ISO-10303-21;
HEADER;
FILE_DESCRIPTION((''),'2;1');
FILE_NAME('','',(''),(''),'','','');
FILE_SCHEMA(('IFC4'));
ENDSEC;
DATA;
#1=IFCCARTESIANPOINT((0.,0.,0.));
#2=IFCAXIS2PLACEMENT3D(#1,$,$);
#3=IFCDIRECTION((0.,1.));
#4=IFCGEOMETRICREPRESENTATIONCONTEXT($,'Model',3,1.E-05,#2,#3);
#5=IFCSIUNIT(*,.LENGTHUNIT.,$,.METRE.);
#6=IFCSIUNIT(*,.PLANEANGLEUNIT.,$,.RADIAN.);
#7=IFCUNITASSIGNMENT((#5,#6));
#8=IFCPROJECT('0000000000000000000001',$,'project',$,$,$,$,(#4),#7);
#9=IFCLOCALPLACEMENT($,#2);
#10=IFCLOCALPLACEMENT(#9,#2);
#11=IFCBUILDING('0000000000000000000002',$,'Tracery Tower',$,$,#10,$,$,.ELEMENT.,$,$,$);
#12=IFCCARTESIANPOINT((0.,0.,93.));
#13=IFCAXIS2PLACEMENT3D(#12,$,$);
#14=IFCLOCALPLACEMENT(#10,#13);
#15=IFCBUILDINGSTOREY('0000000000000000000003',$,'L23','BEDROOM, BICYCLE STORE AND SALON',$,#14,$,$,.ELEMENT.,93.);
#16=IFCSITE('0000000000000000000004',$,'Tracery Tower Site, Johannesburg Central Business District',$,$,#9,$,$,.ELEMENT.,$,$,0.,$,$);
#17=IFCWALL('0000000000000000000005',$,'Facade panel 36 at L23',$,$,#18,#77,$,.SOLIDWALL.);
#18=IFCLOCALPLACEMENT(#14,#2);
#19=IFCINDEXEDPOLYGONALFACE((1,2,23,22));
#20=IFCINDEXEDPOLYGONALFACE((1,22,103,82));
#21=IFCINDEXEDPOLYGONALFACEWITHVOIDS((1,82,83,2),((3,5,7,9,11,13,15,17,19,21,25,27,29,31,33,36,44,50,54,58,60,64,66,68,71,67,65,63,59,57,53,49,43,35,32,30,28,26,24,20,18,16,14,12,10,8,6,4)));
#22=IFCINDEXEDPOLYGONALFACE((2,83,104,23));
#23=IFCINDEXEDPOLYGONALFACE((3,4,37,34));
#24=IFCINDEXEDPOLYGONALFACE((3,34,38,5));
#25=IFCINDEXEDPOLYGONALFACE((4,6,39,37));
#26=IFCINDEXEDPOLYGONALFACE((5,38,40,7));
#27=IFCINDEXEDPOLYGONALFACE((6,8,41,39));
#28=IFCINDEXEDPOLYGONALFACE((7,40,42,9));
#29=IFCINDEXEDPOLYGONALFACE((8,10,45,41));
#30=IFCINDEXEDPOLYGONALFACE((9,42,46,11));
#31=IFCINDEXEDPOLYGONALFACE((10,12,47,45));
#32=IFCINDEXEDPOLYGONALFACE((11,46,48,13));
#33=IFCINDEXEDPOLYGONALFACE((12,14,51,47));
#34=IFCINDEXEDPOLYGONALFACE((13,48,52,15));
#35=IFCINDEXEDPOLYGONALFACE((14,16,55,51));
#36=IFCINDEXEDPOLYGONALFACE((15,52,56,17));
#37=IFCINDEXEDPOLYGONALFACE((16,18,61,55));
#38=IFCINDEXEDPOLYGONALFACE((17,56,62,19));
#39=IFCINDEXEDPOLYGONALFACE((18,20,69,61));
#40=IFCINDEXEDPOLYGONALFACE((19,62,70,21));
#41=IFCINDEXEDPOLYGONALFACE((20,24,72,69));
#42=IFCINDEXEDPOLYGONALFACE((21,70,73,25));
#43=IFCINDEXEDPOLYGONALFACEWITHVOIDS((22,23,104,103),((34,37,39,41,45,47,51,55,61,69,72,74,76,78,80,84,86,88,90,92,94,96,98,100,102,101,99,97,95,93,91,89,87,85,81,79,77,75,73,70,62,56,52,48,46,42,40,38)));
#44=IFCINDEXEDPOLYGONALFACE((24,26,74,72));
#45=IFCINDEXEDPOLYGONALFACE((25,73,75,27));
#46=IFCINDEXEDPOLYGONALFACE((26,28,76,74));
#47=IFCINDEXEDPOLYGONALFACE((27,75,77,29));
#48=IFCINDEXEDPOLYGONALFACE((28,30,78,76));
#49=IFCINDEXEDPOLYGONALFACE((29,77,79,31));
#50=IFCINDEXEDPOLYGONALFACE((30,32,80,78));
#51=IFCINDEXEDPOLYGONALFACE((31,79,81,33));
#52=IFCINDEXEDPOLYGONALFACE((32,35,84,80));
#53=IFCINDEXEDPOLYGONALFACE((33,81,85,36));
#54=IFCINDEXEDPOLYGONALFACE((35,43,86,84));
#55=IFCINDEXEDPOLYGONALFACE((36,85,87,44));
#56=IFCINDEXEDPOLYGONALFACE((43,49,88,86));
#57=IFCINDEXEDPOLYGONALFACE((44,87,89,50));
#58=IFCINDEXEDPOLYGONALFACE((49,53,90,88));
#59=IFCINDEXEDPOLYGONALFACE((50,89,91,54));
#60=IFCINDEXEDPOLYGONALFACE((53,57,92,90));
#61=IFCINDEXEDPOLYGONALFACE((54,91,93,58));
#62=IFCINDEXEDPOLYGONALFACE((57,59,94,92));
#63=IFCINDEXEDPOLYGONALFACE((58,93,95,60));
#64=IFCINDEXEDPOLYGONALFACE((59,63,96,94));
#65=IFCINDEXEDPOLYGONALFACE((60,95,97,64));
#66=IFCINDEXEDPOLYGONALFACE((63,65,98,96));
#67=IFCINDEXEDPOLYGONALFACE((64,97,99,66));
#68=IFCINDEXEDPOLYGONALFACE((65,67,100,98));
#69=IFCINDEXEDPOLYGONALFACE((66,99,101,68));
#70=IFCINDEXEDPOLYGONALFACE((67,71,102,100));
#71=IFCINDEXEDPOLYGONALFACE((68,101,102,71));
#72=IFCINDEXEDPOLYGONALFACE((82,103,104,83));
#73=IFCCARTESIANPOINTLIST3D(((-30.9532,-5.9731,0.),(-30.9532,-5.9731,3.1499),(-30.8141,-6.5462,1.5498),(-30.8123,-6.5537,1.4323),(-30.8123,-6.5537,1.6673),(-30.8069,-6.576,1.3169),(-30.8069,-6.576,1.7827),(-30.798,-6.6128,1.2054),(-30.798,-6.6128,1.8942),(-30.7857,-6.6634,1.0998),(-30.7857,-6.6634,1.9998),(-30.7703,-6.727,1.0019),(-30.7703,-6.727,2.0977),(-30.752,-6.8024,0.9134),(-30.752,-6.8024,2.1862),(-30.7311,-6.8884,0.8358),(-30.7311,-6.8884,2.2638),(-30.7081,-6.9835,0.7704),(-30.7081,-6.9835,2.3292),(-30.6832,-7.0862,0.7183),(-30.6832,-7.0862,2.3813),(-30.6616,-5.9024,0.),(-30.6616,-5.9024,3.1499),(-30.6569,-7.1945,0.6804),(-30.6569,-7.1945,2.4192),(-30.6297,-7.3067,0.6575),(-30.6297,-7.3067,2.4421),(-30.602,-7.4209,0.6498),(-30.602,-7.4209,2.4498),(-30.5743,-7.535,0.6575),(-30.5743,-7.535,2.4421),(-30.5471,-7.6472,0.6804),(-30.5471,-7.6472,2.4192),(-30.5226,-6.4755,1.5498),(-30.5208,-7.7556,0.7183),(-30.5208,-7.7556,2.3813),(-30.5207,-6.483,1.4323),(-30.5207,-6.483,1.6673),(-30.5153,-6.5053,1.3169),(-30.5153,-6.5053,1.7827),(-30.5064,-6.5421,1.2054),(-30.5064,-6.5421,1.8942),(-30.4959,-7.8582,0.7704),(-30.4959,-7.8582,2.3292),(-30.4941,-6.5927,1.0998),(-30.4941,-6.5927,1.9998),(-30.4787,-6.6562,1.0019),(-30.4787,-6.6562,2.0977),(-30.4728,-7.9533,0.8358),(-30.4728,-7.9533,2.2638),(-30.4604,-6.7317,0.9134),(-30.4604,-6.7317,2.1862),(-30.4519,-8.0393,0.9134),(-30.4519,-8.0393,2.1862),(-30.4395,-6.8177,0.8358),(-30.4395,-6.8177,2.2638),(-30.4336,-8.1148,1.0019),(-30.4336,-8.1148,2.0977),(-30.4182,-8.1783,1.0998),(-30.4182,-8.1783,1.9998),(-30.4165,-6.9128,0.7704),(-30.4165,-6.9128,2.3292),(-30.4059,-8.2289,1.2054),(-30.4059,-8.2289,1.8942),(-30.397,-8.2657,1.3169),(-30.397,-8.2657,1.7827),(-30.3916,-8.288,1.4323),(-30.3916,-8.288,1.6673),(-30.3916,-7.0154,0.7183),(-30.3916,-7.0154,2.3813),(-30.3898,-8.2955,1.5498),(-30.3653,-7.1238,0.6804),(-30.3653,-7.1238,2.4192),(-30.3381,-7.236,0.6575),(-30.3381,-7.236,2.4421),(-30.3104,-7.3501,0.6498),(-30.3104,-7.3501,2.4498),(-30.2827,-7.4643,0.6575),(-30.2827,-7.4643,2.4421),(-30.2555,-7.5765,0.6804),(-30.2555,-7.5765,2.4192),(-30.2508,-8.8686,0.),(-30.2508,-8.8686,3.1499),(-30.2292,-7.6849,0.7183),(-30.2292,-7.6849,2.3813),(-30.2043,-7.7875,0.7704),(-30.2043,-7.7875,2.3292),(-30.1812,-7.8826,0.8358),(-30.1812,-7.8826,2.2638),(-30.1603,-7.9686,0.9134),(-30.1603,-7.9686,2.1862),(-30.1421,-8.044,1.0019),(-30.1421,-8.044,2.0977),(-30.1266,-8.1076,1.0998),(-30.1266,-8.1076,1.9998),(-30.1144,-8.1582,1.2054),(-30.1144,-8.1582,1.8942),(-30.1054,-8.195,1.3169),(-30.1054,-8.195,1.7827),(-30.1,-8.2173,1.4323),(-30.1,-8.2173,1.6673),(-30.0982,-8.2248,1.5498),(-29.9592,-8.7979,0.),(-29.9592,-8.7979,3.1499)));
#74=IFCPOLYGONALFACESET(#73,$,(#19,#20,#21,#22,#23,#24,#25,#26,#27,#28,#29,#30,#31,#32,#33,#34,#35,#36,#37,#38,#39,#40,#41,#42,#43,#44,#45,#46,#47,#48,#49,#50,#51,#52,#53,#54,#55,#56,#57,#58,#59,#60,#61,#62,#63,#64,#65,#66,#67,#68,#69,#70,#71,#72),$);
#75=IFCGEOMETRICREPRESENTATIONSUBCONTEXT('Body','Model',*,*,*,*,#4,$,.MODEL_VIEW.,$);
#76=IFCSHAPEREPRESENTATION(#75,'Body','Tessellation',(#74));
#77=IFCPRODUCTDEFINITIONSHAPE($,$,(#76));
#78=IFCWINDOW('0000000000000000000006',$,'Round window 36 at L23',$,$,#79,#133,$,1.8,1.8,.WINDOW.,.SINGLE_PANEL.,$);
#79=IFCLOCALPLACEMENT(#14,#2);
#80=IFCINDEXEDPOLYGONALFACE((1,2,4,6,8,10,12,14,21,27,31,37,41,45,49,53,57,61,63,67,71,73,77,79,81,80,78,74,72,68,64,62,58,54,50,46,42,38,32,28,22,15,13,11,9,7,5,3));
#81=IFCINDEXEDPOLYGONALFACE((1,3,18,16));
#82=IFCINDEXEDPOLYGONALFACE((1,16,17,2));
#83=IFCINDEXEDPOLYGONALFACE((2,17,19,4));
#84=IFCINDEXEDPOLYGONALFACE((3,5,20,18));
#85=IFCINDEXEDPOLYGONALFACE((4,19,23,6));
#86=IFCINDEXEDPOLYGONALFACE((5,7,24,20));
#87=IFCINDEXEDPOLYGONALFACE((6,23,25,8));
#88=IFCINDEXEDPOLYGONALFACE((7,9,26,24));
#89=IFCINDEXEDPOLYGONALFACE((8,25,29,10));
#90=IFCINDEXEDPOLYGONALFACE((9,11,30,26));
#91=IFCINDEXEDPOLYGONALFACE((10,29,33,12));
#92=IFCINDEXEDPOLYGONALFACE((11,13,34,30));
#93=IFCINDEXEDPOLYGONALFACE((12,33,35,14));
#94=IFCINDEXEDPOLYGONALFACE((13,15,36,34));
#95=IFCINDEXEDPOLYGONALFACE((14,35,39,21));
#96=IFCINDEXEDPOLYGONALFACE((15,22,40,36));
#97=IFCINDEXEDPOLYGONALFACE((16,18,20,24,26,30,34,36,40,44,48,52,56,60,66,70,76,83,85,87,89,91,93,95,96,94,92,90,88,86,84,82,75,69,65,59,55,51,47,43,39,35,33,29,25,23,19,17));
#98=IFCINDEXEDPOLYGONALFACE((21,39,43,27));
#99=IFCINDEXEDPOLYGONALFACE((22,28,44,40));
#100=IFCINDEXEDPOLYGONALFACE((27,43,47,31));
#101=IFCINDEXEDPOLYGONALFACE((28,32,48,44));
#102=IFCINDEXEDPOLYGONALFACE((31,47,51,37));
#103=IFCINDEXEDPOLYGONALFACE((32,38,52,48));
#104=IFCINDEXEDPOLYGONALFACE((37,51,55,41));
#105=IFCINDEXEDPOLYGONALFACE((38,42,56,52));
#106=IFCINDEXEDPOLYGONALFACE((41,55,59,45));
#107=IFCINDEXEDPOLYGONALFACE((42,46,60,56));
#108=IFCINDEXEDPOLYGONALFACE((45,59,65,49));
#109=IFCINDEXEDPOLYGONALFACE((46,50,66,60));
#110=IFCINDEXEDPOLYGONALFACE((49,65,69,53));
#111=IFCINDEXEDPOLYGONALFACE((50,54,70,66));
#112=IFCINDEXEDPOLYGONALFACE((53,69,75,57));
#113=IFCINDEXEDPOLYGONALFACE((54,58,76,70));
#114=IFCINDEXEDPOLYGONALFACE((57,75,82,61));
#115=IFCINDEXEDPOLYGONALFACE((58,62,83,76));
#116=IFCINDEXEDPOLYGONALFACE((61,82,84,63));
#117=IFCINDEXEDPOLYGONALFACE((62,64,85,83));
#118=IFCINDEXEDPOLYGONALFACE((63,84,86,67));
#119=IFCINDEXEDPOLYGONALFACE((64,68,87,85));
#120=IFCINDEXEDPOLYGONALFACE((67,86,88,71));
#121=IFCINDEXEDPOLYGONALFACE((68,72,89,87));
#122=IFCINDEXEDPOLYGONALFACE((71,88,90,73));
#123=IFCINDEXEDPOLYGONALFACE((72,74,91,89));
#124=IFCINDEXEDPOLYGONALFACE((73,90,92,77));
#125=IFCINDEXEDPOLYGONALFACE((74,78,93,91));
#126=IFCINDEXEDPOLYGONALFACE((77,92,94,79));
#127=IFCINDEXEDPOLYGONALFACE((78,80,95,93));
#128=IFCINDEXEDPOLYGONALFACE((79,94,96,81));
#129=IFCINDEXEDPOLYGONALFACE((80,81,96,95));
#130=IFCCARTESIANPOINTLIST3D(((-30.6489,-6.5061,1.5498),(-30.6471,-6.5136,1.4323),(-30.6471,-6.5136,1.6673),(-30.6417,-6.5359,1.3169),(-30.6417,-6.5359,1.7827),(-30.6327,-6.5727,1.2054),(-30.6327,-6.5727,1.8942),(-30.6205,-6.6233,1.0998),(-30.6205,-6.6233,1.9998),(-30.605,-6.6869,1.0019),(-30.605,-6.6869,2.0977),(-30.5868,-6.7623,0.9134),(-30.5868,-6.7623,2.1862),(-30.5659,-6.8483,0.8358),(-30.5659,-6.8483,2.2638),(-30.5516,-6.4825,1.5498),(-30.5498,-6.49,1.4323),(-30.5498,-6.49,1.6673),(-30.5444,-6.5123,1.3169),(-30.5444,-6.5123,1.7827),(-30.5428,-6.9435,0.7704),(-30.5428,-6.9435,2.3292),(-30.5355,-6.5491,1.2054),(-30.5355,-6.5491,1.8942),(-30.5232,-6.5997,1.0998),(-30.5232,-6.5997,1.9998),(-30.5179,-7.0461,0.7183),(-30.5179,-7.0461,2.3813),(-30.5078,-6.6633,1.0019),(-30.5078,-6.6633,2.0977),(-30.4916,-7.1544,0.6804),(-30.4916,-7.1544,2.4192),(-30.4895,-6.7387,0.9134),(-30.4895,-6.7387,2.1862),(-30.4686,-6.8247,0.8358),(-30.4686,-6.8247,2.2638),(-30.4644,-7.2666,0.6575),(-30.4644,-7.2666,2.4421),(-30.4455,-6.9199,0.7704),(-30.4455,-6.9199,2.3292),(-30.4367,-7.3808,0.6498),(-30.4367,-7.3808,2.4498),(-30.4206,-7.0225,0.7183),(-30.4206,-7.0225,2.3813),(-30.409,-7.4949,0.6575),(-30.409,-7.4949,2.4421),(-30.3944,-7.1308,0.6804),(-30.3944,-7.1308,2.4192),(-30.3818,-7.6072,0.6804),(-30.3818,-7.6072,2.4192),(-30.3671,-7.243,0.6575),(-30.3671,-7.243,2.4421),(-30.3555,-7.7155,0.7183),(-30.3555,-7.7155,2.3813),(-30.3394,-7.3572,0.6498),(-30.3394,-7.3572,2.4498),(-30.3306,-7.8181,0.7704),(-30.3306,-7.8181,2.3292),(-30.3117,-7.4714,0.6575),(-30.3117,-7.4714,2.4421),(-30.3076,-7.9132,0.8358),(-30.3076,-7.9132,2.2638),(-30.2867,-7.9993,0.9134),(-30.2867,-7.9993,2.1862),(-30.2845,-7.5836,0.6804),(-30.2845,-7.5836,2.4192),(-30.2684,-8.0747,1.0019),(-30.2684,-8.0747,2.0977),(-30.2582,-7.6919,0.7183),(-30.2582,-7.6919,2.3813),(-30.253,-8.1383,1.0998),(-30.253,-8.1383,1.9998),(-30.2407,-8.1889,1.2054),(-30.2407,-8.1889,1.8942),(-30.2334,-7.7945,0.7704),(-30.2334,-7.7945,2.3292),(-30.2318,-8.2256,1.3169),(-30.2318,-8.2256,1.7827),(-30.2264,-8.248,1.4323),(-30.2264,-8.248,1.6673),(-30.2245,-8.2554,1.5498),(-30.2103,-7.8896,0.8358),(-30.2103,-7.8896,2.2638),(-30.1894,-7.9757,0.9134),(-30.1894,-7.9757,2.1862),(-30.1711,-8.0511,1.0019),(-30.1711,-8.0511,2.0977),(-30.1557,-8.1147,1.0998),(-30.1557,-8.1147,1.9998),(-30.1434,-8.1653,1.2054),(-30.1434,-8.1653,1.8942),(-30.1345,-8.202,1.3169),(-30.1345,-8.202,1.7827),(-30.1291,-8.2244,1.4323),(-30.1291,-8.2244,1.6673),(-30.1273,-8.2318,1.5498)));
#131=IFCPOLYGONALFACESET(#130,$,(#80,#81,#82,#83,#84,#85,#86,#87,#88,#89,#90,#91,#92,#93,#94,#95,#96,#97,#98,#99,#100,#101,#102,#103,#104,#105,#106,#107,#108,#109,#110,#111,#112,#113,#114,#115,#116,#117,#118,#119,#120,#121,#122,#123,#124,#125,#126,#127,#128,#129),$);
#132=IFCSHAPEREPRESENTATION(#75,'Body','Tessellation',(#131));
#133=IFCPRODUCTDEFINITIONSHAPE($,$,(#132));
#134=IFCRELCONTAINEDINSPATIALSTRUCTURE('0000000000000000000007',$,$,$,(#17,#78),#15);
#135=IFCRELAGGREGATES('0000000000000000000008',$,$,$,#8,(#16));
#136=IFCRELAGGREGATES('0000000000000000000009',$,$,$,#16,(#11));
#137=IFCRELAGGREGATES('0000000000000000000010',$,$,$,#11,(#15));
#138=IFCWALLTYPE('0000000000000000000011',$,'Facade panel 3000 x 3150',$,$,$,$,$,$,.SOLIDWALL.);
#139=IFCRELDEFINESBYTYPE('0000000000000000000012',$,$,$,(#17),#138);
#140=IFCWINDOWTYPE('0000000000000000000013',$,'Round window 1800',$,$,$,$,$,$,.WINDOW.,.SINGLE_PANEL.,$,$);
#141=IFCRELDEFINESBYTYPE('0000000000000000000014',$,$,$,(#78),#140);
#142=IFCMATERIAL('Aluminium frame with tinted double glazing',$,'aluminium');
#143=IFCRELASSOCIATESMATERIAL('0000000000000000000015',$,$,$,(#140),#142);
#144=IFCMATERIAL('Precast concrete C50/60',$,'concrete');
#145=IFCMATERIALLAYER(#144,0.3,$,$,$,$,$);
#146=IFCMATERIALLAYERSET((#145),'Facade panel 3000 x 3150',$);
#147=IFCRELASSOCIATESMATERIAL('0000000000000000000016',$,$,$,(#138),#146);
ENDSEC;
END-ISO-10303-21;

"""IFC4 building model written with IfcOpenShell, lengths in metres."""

from ifc_helpers import new_model, si_unit, direction, frame, frame_2d, origin, origin_2d, place, context, subcontext, project, spatial, rectangle, circle, extrude, material, layer, layer_set, type_object, element, fill, save


model = new_model("IFC4")

# Units and contexts
model_context = context("Model", 3, precision=1e-05, world=origin(), true_north=direction((0.0, 1.0)))
body_context = subcontext(model_context, "Body", "Model", "MODEL_VIEW")
ifc_project = project(units=[si_unit("LENGTHUNIT", "METRE"), si_unit("PLANEANGLEUNIT", "RADIAN")], contexts=[model_context])

# Site, building, storey
site_placement = place(None, origin())
site = spatial("IfcSite", under=ifc_project, at=site_placement, Name="Tracery Tower Site, Johannesburg Central Business District", CompositionType="ELEMENT", RefElevation=0.0)
building_placement = place(site_placement, origin())
building = spatial("IfcBuilding", under=site, at=building_placement, Name="Tracery Tower", CompositionType="ELEMENT")
storey_placement = place(building_placement, frame((0.0, 0.0, 93.0)))
storey = spatial("IfcBuildingStorey", under=building, at=storey_placement, Name="L23", Description="BEDROOM, BICYCLE STORE AND SALON", CompositionType="ELEMENT", Elevation=93.0)

# Wall, opening, window
ifc_material_1 = material(Name="Aluminium frame with tinted double glazing", Category="aluminium")
window_type = type_object("IfcWindowType", Name="Round window 1800", PartitioningType="SINGLE_PANEL", PredefinedType="WINDOW", material=ifc_material_1)
ifc_material_2 = material(Name="Precast concrete C50/60", Category="concrete")
ifc_layer_1 = layer(ifc_material_2, 0.3)
ifc_layer_set_1 = layer_set([ifc_layer_1], Name="Facade panel 3000 x 3150")
wall_type_1 = type_object("IfcWallType", Name="Facade panel 3000 x 3150", PredefinedType="SOLIDWALL", material=ifc_layer_set_1)
wall_1_placement = place(storey_placement, frame((-30.8074, -5.9377, 0.0), z_axis=(0.0, 0.0, 1.0), x_axis=(0.235743, -0.971815, 0.0)))
wall_1 = element("IfcWall", 1, at=wall_1_placement, inside=storey, type_object=wall_type_1, Name="Facade panel 36 at L23", PredefinedType="SOLIDWALL", context=body_context, shape_type="SweptSolid", body=[
    extrude(rectangle(XDim=2.9795, YDim=0.3, at=frame_2d((1.4897, 0.0))), origin(), (0.0, 0.0, 1.0), 3.1499),
])
opening_1_placement = place(wall_1_placement, frame((1.4897, 0.0, 1.5498)))
opening_1 = element("IfcOpeningElement", 2, at=opening_1_placement, cuts=wall_1, PredefinedType="OPENING", context=body_context, shape_type="SweptSolid", body=[
    extrude(circle(Radius=0.9, at=origin_2d()), frame((0.0, 0.1599, 0.0), z_axis=(0.0, -1.0, 0.0), x_axis=(1.0, 0.0, 0.0)), (0.0, 0.0, 1.0), 0.3201),
])
window_1_placement = place(opening_1_placement, origin())
window_1 = element("IfcWindow", 3, at=window_1_placement, inside=storey, type_object=window_type, Name="Round window 36 at L23", OverallHeight=1.8, OverallWidth=1.8, PartitioningType="SINGLE_PANEL", PredefinedType="WINDOW", context=body_context, shape_type="SweptSolid", body=[
    extrude(circle(Radius=0.9, at=origin_2d()), frame((0.0, 0.1201, 0.0), z_axis=(0.0, -1.0, 0.0), x_axis=(1.0, 0.0, 0.0)), (0.0, 0.0, 1.0), 0.1001),
])
fill(opening_1, window_1)

save(model, "model.ifc")
